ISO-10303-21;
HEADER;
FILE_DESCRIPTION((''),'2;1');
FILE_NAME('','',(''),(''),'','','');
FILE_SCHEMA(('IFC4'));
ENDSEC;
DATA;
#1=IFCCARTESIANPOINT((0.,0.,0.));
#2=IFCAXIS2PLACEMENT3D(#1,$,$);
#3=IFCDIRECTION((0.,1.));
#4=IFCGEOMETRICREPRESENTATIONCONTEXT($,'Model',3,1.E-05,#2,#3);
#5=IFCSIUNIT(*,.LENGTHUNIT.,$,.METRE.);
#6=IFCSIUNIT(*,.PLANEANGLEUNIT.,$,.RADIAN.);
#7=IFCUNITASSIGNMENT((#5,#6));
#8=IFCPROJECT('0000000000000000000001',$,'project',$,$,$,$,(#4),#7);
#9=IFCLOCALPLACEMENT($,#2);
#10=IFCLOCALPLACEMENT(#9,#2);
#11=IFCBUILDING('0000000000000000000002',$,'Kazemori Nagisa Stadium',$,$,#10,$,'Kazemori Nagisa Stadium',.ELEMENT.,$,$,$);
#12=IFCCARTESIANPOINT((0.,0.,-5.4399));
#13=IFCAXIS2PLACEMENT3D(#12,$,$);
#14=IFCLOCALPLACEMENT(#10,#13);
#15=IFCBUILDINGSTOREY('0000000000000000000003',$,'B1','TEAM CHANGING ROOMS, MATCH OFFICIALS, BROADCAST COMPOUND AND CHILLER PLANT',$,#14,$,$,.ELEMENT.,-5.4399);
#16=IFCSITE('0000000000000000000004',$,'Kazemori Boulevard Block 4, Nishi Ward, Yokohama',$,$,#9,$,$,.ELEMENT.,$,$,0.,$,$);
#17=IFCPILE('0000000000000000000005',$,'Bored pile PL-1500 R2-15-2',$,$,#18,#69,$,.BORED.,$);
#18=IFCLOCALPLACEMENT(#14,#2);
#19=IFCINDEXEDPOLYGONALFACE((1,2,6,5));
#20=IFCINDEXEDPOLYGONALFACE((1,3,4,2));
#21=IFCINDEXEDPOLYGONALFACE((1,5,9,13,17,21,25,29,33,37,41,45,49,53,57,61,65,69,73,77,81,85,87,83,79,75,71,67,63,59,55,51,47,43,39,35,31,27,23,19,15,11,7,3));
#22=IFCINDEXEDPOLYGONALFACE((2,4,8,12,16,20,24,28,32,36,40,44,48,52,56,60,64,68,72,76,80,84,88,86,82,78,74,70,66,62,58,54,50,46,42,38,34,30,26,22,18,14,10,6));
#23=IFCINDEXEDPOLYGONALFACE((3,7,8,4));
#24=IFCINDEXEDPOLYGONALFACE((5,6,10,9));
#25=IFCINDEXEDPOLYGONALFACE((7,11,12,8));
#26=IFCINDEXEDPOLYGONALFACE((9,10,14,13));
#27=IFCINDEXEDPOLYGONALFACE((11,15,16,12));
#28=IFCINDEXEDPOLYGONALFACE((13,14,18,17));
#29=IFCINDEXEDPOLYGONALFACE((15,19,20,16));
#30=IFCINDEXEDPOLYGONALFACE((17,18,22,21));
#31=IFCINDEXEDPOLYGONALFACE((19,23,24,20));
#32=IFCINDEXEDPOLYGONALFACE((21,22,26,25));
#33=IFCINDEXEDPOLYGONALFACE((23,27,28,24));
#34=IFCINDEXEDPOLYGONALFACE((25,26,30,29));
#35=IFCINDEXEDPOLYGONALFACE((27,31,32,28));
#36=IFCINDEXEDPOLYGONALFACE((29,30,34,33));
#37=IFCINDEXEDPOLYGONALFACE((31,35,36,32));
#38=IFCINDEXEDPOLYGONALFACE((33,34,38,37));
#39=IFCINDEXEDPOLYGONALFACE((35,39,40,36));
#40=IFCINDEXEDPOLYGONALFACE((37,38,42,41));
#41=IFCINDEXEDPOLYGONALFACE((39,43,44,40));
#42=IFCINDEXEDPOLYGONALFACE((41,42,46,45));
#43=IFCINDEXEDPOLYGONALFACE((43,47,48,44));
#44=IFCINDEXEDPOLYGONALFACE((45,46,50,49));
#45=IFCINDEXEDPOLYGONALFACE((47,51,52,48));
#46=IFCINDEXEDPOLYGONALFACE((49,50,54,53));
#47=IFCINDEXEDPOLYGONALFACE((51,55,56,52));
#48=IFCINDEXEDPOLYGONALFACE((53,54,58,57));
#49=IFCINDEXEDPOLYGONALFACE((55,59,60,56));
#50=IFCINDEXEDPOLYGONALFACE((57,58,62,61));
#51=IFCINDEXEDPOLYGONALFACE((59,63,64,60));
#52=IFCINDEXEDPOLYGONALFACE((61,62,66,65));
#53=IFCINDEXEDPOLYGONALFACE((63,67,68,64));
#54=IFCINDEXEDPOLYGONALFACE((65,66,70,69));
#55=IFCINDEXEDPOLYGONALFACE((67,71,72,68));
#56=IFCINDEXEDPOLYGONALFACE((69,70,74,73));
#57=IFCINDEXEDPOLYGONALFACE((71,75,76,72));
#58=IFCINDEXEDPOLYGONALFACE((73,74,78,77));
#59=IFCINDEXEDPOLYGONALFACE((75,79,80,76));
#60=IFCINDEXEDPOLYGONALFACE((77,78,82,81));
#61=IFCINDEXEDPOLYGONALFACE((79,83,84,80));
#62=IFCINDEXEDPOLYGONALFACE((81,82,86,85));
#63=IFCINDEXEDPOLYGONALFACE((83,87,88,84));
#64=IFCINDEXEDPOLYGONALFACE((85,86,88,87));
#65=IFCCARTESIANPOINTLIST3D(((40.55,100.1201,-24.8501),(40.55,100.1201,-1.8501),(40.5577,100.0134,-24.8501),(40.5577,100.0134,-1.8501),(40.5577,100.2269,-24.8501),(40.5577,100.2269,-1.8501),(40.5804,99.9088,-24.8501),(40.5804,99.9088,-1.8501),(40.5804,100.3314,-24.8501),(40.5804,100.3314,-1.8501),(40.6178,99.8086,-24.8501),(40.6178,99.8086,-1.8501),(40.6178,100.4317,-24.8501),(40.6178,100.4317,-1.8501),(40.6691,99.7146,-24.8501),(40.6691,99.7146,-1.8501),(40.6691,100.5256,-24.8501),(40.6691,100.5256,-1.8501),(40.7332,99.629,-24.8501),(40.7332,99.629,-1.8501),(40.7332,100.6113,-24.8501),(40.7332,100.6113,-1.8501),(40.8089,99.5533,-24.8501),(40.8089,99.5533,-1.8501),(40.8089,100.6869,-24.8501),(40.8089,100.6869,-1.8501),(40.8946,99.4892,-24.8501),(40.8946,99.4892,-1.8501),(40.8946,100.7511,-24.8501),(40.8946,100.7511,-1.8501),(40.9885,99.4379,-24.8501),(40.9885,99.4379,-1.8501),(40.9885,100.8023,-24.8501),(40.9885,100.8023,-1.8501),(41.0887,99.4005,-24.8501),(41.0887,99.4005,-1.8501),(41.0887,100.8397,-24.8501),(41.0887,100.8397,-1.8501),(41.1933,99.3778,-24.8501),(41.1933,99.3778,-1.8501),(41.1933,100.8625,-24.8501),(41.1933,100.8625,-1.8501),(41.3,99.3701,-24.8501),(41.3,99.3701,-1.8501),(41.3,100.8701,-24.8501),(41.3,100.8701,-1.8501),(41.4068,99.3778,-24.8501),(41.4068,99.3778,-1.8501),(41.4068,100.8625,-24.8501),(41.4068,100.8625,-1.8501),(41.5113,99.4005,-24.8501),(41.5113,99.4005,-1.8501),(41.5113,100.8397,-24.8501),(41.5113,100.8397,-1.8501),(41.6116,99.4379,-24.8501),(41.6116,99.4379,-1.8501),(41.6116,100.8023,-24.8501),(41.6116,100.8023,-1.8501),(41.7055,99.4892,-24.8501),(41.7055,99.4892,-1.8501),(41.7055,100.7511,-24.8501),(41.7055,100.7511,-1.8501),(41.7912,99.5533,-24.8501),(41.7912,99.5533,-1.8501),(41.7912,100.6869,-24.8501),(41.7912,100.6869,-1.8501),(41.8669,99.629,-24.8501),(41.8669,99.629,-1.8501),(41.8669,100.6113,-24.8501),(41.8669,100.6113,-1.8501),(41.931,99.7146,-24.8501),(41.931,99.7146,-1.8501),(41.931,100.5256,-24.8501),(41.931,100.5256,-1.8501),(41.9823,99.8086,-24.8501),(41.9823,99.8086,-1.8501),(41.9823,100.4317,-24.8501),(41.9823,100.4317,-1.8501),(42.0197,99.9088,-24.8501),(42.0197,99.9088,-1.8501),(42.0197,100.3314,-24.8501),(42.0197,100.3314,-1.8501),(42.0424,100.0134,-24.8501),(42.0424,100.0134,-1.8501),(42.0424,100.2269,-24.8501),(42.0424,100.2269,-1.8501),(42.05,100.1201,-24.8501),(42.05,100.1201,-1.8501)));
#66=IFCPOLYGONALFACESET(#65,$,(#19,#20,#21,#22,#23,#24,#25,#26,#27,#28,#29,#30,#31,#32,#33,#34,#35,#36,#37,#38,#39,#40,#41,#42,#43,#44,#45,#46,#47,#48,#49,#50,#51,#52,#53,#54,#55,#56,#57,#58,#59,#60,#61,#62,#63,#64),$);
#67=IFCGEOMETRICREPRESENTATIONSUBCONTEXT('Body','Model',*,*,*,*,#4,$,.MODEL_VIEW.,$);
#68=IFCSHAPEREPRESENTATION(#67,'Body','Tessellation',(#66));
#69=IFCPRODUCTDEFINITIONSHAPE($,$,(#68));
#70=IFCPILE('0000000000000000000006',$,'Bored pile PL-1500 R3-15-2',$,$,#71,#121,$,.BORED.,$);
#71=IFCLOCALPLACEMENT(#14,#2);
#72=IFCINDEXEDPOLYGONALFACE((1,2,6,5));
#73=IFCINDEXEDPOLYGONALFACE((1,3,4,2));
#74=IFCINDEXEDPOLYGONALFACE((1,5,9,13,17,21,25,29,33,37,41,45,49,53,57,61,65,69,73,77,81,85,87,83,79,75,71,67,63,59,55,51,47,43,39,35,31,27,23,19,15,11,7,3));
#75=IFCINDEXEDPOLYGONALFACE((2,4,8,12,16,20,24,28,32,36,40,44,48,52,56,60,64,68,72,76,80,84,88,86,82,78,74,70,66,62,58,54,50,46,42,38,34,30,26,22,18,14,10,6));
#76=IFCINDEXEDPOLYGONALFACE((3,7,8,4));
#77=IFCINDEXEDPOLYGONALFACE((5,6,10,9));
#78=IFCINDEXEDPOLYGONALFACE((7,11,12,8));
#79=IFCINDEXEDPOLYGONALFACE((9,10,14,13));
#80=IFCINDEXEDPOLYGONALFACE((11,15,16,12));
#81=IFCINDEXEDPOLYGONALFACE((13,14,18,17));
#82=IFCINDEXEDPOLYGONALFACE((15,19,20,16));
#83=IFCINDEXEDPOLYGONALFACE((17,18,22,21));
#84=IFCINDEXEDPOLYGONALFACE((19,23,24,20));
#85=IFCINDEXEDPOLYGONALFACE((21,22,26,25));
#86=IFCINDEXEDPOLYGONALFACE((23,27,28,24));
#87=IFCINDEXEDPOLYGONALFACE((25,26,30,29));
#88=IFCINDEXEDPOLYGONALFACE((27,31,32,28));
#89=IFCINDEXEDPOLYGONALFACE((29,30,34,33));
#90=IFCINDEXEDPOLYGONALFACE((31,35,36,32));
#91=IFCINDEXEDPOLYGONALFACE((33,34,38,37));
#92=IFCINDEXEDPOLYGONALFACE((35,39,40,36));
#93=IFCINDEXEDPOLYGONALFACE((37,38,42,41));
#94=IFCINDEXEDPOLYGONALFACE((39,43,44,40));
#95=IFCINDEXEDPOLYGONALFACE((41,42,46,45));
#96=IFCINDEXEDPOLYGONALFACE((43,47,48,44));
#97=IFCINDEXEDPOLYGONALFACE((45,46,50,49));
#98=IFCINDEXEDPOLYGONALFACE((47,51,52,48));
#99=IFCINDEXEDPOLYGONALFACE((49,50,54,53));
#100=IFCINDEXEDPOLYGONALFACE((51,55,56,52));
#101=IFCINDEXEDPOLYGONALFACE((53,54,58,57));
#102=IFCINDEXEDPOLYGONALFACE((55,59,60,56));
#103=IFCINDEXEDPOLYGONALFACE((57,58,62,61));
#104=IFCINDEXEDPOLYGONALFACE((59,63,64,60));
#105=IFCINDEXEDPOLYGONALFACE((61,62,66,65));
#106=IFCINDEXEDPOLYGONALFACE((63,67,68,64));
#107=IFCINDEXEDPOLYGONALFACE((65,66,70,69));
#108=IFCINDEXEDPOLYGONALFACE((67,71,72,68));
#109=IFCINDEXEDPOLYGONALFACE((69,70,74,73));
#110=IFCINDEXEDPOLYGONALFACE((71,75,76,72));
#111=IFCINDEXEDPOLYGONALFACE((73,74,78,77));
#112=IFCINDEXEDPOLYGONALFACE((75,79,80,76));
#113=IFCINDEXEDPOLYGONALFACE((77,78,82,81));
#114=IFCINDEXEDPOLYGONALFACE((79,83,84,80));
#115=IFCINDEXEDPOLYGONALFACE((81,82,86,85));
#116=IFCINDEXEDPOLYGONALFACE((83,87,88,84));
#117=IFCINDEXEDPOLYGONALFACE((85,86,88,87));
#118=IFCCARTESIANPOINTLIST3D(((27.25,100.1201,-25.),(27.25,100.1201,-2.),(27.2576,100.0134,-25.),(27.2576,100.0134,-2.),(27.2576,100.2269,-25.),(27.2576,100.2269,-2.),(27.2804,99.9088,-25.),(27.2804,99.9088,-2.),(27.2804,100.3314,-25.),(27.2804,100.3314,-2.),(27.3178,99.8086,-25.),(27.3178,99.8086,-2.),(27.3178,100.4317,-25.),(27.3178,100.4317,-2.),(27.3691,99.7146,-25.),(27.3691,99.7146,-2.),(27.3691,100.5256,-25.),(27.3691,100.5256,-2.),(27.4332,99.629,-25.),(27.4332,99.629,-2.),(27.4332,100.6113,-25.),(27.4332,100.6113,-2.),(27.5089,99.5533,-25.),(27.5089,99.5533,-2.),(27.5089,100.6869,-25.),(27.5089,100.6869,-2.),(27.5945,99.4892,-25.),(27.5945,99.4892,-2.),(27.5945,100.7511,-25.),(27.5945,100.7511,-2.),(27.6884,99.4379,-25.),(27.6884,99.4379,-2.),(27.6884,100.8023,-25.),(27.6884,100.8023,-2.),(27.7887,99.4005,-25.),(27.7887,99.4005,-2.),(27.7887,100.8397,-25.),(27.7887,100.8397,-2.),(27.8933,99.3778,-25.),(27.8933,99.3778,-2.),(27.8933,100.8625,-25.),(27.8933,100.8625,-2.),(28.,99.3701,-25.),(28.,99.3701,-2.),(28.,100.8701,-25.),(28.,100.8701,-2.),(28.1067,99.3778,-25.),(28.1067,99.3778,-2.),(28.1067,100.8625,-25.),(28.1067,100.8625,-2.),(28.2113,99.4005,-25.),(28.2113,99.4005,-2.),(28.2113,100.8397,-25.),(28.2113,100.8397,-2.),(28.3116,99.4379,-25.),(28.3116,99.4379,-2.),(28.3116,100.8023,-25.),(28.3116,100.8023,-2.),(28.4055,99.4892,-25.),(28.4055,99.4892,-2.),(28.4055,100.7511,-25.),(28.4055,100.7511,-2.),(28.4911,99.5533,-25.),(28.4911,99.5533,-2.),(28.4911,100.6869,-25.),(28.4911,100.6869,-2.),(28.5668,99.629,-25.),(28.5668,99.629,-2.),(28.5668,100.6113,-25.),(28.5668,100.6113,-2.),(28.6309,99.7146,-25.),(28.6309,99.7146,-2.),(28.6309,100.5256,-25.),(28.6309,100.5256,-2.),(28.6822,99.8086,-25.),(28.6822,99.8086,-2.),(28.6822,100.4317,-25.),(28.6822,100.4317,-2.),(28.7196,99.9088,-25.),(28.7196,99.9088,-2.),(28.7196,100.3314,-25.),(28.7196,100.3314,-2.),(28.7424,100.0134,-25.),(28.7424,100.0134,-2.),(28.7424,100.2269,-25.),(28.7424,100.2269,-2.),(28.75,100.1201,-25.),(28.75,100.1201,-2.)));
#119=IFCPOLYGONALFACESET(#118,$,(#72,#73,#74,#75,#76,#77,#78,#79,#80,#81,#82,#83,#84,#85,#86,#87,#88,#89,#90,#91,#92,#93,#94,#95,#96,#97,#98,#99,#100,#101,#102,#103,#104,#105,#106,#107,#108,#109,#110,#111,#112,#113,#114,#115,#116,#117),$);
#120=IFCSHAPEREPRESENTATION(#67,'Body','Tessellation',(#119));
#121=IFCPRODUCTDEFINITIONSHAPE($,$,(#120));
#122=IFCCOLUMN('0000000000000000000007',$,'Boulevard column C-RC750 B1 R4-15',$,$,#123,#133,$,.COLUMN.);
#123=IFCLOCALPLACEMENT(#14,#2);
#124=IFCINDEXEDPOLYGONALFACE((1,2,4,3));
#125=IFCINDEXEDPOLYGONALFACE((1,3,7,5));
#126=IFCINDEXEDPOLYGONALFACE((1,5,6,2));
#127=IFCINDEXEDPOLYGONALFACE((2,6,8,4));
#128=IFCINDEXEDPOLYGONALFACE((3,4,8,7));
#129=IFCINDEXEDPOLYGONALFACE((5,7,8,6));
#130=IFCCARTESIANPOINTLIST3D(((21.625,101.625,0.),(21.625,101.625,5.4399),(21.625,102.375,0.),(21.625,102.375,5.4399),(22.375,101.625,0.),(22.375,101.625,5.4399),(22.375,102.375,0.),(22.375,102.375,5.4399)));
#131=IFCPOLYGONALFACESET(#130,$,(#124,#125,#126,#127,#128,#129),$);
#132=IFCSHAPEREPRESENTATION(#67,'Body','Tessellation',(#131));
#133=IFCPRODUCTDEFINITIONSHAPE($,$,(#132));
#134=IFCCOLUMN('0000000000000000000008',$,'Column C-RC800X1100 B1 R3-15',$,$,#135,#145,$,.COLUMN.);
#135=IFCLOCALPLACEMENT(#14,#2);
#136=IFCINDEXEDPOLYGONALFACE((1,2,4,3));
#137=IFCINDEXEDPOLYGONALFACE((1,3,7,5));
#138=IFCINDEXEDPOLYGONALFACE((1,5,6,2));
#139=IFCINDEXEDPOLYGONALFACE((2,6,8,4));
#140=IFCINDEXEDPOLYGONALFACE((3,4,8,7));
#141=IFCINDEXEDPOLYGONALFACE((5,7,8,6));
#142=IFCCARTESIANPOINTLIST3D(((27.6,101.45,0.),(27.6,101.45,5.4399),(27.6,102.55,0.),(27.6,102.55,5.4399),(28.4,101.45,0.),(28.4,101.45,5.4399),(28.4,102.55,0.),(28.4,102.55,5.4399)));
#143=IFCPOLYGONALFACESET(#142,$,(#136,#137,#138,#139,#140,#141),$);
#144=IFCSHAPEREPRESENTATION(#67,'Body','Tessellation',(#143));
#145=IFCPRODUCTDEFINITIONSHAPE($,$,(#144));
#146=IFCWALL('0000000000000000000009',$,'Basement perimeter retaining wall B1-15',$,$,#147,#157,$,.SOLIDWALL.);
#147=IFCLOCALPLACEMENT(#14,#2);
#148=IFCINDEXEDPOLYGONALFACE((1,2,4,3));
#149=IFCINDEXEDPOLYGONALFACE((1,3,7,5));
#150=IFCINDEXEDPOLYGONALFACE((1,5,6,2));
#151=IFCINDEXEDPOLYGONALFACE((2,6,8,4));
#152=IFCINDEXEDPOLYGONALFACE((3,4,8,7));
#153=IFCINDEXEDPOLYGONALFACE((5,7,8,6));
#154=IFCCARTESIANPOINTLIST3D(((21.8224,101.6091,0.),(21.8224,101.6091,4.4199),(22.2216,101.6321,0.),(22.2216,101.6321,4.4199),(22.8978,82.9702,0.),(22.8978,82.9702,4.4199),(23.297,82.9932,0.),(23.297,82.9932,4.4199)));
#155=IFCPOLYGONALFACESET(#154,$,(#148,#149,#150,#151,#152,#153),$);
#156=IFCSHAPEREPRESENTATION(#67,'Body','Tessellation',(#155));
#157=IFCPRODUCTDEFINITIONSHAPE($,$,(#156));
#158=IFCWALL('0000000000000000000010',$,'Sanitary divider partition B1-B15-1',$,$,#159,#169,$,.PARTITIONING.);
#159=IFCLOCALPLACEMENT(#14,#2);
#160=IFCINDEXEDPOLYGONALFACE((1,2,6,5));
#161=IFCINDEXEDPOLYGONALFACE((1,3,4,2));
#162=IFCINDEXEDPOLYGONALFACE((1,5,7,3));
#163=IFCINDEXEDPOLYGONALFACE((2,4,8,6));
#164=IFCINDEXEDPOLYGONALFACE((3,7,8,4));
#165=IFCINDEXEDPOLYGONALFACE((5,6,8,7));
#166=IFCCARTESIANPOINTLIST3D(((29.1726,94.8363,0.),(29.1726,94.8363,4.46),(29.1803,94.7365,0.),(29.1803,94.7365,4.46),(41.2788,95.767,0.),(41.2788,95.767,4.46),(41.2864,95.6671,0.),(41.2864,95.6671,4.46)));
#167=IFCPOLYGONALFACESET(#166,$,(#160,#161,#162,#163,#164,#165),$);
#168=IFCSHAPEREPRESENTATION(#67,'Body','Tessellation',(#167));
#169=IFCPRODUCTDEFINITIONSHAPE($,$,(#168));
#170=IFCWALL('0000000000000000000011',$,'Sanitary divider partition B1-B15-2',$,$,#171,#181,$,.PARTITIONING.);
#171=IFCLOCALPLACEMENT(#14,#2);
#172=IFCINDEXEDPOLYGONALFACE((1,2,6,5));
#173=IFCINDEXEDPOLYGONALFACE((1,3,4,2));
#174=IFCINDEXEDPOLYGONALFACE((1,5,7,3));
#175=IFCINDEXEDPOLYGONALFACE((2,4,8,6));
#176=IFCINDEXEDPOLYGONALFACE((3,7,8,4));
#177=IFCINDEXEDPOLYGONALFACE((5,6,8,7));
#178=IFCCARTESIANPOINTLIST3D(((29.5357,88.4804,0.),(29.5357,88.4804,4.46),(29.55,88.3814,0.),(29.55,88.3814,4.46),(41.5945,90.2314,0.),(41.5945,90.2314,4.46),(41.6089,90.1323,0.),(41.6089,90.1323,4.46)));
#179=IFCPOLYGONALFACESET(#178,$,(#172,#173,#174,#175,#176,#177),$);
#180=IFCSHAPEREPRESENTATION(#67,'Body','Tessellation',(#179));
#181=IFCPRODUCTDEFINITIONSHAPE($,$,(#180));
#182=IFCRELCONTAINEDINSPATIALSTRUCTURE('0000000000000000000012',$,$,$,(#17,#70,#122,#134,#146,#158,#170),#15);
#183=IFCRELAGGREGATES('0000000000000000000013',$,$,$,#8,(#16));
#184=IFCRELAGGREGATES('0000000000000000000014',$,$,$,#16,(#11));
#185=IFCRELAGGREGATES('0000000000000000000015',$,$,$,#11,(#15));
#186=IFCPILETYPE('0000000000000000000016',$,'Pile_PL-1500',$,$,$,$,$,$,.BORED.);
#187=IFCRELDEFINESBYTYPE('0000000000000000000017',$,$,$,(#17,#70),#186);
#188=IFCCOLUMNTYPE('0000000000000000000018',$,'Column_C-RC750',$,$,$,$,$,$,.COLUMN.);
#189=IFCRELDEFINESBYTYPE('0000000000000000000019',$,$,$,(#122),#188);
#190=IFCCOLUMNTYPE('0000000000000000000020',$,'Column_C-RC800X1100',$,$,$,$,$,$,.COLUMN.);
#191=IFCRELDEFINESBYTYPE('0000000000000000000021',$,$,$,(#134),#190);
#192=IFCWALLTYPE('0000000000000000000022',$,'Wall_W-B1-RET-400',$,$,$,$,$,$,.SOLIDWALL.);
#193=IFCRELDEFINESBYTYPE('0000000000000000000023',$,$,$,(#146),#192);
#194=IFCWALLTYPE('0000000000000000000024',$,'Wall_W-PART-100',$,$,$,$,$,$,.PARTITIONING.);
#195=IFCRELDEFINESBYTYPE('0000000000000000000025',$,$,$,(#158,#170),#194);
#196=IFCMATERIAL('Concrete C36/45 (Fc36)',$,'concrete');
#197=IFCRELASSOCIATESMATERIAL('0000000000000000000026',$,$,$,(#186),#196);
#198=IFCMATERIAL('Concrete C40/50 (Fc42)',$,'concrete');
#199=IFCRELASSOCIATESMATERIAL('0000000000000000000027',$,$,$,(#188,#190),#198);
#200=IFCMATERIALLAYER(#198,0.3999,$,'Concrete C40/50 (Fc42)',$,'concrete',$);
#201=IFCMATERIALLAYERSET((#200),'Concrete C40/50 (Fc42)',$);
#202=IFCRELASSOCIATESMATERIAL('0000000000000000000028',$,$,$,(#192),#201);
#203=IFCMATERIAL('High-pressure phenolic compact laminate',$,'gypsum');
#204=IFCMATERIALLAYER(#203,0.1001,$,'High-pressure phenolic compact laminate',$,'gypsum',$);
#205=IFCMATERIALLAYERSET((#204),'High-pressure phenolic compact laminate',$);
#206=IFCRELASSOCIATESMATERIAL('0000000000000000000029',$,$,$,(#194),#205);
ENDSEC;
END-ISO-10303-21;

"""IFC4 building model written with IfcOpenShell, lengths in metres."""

from ifc_helpers import new_model, si_unit, direction, frame, frame_2d, origin, origin_2d, place, context, subcontext, project, spatial, rectangle, circle, extrude, material, layer, layer_set, material_profile, profile_set, type_object, element, save


model = new_model("IFC4")

# Units and contexts
model_context = context("Model", 3, precision=1e-05, world=origin(), true_north=direction((0.0, 1.0)))
body_context = subcontext(model_context, "Body", "Model", "MODEL_VIEW")
ifc_project = project(units=[si_unit("LENGTHUNIT", "METRE"), si_unit("PLANEANGLEUNIT", "RADIAN")], contexts=[model_context])

# Site, building, storey
site_placement = place(None, origin())
site = spatial("IfcSite", under=ifc_project, at=site_placement, Name="Kazemori Boulevard Block 4, Nishi Ward, Yokohama", CompositionType="ELEMENT", RefElevation=0.0)
building_placement = place(site_placement, origin())
building = spatial("IfcBuilding", under=site, at=building_placement, Name="Kazemori Nagisa Stadium", LongName="Kazemori Nagisa Stadium", CompositionType="ELEMENT")
storey_placement = place(building_placement, frame((0.0, 0.0, -5.4399)))
storey = spatial("IfcBuildingStorey", under=building, at=storey_placement, Name="B1", Description="TEAM CHANGING ROOMS, MATCH OFFICIALS, BROADCAST COMPOUND AND CHILLER PLANT", CompositionType="ELEMENT", Elevation=-5.4399)

# Shared definitions
ifc_material_1 = material(Name="Concrete C40/50 (Fc42)", Category="concrete")

# Piles
ifc_material_2 = material(Name="Concrete C36/45 (Fc36)", Category="concrete")
ifc_material_profile_1 = material_profile(ifc_material_2, circle(Radius=0.75, at=origin_2d()), Name="PILE-D1500")
ifc_profile_set_1 = profile_set([ifc_material_profile_1], Name="Concrete C36/45 (Fc36)")
pile_type_1 = type_object("IfcPileType", Name="Pile_PL-1500", PredefinedType="BORED", material=ifc_profile_set_1)
for number, where, z_axis, x_axis, name in (
    (1, (41.3, 100.1201, -1.8501), (0.0, 0.0, -1.0), (1.0, 0.0, 0.0), "Bored pile PL-1500 R2-15-2"),
    (2, (28.0, 100.1201, -2.0), (0.0, 0.0, -1.0), (1.0, 0.0, 0.0), "Bored pile PL-1500 R3-15-2"),
):
    element("IfcPile", number, at=place(storey_placement, frame(where, z_axis=z_axis, x_axis=x_axis)), inside=storey, type_object=pile_type_1, Name=name, PredefinedType="BORED", context=body_context, shape_type="SweptSolid", body=[
        extrude(circle(Radius=0.75, at=origin_2d()), origin(), (0.0, 0.0, 1.0), 23.0),
    ])

# Columns
ifc_material_profile_2 = material_profile(ifc_material_1, rectangle(XDim=0.75, YDim=0.75, at=origin_2d()), Name="RC-COL-750x750")
ifc_profile_set_2 = profile_set([ifc_material_profile_2], Name="Concrete C40/50 (Fc42)")
column_type_1 = type_object("IfcColumnType", Name="Column_C-RC750", PredefinedType="COLUMN", material=ifc_profile_set_2)
column_1_placement = place(storey_placement, frame((22.0, 102.0, 0.0), z_axis=(0.0, 0.0, 1.0), x_axis=(1.0, 0.0, 0.0)))
element("IfcColumn", 3, at=column_1_placement, inside=storey, type_object=column_type_1, Name="Boulevard column C-RC750 B1 R4-15", PredefinedType="COLUMN", context=body_context, shape_type="SweptSolid", body=[
    extrude(rectangle(XDim=0.75, YDim=0.75, at=origin_2d()), origin(), (0.0, 0.0, 1.0), 5.4399),
])
ifc_material_profile_3 = material_profile(ifc_material_1, rectangle(XDim=0.8, YDim=1.1001, at=origin_2d()), Name="RC-COL-800x1100")
ifc_profile_set_3 = profile_set([ifc_material_profile_3], Name="Concrete C40/50 (Fc42)")
column_type_2 = type_object("IfcColumnType", Name="Column_C-RC800X1100", PredefinedType="COLUMN", material=ifc_profile_set_3)
column_2_placement = place(storey_placement, frame((28.0, 102.0, 0.0), z_axis=(0.0, 0.0, 1.0), x_axis=(-1.0, 0.0, 0.0)))
element("IfcColumn", 4, at=column_2_placement, inside=storey, type_object=column_type_2, Name="Column C-RC800X1100 B1 R3-15", PredefinedType="COLUMN", context=body_context, shape_type="SweptSolid", body=[
    extrude(rectangle(XDim=0.8, YDim=1.1001, at=origin_2d()), origin(), (0.0, 0.0, 1.0), 5.4399),
])

# Walls
ifc_layer_1 = layer(ifc_material_1, 0.3999, Name="Concrete C40/50 (Fc42)", Category="concrete")
ifc_layer_set_1 = layer_set([ifc_layer_1], Name="Concrete C40/50 (Fc42)")
wall_type_1 = type_object("IfcWallType", Name="Wall_W-B1-RET-400", PredefinedType="SOLIDWALL", material=ifc_layer_set_1)
wall_1_placement = place(storey_placement, frame((22.022, 101.6206, 0.0), z_axis=(0.0, 0.0, 1.0), x_axis=(0.057603, -0.99834, 0.0)))
element("IfcWall", 5, at=wall_1_placement, inside=storey, type_object=wall_type_1, Name="Basement perimeter retaining wall B1-15", PredefinedType="SOLIDWALL", context=body_context, shape_type="SweptSolid", body=[
    extrude(rectangle(XDim=18.6699, YDim=0.3999, at=frame_2d((9.335, 0.0))), origin(), (0.0, 0.0, 1.0), 4.4199),
])
ifc_material_3 = material(Name="High-pressure phenolic compact laminate", Category="gypsum")
ifc_layer_2 = layer(ifc_material_3, 0.1001, Name="High-pressure phenolic compact laminate", Category="gypsum")
ifc_layer_set_2 = layer_set([ifc_layer_2], Name="High-pressure phenolic compact laminate")
wall_type_2 = type_object("IfcWallType", Name="Wall_W-PART-100", PredefinedType="PARTITIONING", material=ifc_layer_set_2)
wall_2_placement = place(storey_placement, frame((41.2825, 95.717, 0.0), z_axis=(0.0, 0.0, 1.0), x_axis=(-0.997058, -0.076649, 0.0)))
element("IfcWall", 6, at=wall_2_placement, inside=storey, type_object=wall_type_2, Name="Sanitary divider partition B1-B15-1", PredefinedType="PARTITIONING", context=body_context, shape_type="SweptSolid", body=[
    extrude(rectangle(XDim=12.1418, YDim=0.1001, at=frame_2d((6.0708, 0.0))), origin(), (0.0, 0.0, 1.0), 4.46),
])
wall_3_placement = place(storey_placement, frame((41.6018, 90.1819, 0.0), z_axis=(0.0, 0.0, 1.0), x_axis=(-0.989622, -0.143696, 0.0)))
element("IfcWall", 7, at=wall_3_placement, inside=storey, type_object=wall_type_2, Name="Sanitary divider partition B1-B15-2", PredefinedType="PARTITIONING", context=body_context, shape_type="SweptSolid", body=[
    extrude(rectangle(XDim=12.1853, YDim=0.1001, at=frame_2d((6.0928, 0.0))), origin(), (0.0, 0.0, 1.0), 4.46),
])

save(model, "model.ifc")
